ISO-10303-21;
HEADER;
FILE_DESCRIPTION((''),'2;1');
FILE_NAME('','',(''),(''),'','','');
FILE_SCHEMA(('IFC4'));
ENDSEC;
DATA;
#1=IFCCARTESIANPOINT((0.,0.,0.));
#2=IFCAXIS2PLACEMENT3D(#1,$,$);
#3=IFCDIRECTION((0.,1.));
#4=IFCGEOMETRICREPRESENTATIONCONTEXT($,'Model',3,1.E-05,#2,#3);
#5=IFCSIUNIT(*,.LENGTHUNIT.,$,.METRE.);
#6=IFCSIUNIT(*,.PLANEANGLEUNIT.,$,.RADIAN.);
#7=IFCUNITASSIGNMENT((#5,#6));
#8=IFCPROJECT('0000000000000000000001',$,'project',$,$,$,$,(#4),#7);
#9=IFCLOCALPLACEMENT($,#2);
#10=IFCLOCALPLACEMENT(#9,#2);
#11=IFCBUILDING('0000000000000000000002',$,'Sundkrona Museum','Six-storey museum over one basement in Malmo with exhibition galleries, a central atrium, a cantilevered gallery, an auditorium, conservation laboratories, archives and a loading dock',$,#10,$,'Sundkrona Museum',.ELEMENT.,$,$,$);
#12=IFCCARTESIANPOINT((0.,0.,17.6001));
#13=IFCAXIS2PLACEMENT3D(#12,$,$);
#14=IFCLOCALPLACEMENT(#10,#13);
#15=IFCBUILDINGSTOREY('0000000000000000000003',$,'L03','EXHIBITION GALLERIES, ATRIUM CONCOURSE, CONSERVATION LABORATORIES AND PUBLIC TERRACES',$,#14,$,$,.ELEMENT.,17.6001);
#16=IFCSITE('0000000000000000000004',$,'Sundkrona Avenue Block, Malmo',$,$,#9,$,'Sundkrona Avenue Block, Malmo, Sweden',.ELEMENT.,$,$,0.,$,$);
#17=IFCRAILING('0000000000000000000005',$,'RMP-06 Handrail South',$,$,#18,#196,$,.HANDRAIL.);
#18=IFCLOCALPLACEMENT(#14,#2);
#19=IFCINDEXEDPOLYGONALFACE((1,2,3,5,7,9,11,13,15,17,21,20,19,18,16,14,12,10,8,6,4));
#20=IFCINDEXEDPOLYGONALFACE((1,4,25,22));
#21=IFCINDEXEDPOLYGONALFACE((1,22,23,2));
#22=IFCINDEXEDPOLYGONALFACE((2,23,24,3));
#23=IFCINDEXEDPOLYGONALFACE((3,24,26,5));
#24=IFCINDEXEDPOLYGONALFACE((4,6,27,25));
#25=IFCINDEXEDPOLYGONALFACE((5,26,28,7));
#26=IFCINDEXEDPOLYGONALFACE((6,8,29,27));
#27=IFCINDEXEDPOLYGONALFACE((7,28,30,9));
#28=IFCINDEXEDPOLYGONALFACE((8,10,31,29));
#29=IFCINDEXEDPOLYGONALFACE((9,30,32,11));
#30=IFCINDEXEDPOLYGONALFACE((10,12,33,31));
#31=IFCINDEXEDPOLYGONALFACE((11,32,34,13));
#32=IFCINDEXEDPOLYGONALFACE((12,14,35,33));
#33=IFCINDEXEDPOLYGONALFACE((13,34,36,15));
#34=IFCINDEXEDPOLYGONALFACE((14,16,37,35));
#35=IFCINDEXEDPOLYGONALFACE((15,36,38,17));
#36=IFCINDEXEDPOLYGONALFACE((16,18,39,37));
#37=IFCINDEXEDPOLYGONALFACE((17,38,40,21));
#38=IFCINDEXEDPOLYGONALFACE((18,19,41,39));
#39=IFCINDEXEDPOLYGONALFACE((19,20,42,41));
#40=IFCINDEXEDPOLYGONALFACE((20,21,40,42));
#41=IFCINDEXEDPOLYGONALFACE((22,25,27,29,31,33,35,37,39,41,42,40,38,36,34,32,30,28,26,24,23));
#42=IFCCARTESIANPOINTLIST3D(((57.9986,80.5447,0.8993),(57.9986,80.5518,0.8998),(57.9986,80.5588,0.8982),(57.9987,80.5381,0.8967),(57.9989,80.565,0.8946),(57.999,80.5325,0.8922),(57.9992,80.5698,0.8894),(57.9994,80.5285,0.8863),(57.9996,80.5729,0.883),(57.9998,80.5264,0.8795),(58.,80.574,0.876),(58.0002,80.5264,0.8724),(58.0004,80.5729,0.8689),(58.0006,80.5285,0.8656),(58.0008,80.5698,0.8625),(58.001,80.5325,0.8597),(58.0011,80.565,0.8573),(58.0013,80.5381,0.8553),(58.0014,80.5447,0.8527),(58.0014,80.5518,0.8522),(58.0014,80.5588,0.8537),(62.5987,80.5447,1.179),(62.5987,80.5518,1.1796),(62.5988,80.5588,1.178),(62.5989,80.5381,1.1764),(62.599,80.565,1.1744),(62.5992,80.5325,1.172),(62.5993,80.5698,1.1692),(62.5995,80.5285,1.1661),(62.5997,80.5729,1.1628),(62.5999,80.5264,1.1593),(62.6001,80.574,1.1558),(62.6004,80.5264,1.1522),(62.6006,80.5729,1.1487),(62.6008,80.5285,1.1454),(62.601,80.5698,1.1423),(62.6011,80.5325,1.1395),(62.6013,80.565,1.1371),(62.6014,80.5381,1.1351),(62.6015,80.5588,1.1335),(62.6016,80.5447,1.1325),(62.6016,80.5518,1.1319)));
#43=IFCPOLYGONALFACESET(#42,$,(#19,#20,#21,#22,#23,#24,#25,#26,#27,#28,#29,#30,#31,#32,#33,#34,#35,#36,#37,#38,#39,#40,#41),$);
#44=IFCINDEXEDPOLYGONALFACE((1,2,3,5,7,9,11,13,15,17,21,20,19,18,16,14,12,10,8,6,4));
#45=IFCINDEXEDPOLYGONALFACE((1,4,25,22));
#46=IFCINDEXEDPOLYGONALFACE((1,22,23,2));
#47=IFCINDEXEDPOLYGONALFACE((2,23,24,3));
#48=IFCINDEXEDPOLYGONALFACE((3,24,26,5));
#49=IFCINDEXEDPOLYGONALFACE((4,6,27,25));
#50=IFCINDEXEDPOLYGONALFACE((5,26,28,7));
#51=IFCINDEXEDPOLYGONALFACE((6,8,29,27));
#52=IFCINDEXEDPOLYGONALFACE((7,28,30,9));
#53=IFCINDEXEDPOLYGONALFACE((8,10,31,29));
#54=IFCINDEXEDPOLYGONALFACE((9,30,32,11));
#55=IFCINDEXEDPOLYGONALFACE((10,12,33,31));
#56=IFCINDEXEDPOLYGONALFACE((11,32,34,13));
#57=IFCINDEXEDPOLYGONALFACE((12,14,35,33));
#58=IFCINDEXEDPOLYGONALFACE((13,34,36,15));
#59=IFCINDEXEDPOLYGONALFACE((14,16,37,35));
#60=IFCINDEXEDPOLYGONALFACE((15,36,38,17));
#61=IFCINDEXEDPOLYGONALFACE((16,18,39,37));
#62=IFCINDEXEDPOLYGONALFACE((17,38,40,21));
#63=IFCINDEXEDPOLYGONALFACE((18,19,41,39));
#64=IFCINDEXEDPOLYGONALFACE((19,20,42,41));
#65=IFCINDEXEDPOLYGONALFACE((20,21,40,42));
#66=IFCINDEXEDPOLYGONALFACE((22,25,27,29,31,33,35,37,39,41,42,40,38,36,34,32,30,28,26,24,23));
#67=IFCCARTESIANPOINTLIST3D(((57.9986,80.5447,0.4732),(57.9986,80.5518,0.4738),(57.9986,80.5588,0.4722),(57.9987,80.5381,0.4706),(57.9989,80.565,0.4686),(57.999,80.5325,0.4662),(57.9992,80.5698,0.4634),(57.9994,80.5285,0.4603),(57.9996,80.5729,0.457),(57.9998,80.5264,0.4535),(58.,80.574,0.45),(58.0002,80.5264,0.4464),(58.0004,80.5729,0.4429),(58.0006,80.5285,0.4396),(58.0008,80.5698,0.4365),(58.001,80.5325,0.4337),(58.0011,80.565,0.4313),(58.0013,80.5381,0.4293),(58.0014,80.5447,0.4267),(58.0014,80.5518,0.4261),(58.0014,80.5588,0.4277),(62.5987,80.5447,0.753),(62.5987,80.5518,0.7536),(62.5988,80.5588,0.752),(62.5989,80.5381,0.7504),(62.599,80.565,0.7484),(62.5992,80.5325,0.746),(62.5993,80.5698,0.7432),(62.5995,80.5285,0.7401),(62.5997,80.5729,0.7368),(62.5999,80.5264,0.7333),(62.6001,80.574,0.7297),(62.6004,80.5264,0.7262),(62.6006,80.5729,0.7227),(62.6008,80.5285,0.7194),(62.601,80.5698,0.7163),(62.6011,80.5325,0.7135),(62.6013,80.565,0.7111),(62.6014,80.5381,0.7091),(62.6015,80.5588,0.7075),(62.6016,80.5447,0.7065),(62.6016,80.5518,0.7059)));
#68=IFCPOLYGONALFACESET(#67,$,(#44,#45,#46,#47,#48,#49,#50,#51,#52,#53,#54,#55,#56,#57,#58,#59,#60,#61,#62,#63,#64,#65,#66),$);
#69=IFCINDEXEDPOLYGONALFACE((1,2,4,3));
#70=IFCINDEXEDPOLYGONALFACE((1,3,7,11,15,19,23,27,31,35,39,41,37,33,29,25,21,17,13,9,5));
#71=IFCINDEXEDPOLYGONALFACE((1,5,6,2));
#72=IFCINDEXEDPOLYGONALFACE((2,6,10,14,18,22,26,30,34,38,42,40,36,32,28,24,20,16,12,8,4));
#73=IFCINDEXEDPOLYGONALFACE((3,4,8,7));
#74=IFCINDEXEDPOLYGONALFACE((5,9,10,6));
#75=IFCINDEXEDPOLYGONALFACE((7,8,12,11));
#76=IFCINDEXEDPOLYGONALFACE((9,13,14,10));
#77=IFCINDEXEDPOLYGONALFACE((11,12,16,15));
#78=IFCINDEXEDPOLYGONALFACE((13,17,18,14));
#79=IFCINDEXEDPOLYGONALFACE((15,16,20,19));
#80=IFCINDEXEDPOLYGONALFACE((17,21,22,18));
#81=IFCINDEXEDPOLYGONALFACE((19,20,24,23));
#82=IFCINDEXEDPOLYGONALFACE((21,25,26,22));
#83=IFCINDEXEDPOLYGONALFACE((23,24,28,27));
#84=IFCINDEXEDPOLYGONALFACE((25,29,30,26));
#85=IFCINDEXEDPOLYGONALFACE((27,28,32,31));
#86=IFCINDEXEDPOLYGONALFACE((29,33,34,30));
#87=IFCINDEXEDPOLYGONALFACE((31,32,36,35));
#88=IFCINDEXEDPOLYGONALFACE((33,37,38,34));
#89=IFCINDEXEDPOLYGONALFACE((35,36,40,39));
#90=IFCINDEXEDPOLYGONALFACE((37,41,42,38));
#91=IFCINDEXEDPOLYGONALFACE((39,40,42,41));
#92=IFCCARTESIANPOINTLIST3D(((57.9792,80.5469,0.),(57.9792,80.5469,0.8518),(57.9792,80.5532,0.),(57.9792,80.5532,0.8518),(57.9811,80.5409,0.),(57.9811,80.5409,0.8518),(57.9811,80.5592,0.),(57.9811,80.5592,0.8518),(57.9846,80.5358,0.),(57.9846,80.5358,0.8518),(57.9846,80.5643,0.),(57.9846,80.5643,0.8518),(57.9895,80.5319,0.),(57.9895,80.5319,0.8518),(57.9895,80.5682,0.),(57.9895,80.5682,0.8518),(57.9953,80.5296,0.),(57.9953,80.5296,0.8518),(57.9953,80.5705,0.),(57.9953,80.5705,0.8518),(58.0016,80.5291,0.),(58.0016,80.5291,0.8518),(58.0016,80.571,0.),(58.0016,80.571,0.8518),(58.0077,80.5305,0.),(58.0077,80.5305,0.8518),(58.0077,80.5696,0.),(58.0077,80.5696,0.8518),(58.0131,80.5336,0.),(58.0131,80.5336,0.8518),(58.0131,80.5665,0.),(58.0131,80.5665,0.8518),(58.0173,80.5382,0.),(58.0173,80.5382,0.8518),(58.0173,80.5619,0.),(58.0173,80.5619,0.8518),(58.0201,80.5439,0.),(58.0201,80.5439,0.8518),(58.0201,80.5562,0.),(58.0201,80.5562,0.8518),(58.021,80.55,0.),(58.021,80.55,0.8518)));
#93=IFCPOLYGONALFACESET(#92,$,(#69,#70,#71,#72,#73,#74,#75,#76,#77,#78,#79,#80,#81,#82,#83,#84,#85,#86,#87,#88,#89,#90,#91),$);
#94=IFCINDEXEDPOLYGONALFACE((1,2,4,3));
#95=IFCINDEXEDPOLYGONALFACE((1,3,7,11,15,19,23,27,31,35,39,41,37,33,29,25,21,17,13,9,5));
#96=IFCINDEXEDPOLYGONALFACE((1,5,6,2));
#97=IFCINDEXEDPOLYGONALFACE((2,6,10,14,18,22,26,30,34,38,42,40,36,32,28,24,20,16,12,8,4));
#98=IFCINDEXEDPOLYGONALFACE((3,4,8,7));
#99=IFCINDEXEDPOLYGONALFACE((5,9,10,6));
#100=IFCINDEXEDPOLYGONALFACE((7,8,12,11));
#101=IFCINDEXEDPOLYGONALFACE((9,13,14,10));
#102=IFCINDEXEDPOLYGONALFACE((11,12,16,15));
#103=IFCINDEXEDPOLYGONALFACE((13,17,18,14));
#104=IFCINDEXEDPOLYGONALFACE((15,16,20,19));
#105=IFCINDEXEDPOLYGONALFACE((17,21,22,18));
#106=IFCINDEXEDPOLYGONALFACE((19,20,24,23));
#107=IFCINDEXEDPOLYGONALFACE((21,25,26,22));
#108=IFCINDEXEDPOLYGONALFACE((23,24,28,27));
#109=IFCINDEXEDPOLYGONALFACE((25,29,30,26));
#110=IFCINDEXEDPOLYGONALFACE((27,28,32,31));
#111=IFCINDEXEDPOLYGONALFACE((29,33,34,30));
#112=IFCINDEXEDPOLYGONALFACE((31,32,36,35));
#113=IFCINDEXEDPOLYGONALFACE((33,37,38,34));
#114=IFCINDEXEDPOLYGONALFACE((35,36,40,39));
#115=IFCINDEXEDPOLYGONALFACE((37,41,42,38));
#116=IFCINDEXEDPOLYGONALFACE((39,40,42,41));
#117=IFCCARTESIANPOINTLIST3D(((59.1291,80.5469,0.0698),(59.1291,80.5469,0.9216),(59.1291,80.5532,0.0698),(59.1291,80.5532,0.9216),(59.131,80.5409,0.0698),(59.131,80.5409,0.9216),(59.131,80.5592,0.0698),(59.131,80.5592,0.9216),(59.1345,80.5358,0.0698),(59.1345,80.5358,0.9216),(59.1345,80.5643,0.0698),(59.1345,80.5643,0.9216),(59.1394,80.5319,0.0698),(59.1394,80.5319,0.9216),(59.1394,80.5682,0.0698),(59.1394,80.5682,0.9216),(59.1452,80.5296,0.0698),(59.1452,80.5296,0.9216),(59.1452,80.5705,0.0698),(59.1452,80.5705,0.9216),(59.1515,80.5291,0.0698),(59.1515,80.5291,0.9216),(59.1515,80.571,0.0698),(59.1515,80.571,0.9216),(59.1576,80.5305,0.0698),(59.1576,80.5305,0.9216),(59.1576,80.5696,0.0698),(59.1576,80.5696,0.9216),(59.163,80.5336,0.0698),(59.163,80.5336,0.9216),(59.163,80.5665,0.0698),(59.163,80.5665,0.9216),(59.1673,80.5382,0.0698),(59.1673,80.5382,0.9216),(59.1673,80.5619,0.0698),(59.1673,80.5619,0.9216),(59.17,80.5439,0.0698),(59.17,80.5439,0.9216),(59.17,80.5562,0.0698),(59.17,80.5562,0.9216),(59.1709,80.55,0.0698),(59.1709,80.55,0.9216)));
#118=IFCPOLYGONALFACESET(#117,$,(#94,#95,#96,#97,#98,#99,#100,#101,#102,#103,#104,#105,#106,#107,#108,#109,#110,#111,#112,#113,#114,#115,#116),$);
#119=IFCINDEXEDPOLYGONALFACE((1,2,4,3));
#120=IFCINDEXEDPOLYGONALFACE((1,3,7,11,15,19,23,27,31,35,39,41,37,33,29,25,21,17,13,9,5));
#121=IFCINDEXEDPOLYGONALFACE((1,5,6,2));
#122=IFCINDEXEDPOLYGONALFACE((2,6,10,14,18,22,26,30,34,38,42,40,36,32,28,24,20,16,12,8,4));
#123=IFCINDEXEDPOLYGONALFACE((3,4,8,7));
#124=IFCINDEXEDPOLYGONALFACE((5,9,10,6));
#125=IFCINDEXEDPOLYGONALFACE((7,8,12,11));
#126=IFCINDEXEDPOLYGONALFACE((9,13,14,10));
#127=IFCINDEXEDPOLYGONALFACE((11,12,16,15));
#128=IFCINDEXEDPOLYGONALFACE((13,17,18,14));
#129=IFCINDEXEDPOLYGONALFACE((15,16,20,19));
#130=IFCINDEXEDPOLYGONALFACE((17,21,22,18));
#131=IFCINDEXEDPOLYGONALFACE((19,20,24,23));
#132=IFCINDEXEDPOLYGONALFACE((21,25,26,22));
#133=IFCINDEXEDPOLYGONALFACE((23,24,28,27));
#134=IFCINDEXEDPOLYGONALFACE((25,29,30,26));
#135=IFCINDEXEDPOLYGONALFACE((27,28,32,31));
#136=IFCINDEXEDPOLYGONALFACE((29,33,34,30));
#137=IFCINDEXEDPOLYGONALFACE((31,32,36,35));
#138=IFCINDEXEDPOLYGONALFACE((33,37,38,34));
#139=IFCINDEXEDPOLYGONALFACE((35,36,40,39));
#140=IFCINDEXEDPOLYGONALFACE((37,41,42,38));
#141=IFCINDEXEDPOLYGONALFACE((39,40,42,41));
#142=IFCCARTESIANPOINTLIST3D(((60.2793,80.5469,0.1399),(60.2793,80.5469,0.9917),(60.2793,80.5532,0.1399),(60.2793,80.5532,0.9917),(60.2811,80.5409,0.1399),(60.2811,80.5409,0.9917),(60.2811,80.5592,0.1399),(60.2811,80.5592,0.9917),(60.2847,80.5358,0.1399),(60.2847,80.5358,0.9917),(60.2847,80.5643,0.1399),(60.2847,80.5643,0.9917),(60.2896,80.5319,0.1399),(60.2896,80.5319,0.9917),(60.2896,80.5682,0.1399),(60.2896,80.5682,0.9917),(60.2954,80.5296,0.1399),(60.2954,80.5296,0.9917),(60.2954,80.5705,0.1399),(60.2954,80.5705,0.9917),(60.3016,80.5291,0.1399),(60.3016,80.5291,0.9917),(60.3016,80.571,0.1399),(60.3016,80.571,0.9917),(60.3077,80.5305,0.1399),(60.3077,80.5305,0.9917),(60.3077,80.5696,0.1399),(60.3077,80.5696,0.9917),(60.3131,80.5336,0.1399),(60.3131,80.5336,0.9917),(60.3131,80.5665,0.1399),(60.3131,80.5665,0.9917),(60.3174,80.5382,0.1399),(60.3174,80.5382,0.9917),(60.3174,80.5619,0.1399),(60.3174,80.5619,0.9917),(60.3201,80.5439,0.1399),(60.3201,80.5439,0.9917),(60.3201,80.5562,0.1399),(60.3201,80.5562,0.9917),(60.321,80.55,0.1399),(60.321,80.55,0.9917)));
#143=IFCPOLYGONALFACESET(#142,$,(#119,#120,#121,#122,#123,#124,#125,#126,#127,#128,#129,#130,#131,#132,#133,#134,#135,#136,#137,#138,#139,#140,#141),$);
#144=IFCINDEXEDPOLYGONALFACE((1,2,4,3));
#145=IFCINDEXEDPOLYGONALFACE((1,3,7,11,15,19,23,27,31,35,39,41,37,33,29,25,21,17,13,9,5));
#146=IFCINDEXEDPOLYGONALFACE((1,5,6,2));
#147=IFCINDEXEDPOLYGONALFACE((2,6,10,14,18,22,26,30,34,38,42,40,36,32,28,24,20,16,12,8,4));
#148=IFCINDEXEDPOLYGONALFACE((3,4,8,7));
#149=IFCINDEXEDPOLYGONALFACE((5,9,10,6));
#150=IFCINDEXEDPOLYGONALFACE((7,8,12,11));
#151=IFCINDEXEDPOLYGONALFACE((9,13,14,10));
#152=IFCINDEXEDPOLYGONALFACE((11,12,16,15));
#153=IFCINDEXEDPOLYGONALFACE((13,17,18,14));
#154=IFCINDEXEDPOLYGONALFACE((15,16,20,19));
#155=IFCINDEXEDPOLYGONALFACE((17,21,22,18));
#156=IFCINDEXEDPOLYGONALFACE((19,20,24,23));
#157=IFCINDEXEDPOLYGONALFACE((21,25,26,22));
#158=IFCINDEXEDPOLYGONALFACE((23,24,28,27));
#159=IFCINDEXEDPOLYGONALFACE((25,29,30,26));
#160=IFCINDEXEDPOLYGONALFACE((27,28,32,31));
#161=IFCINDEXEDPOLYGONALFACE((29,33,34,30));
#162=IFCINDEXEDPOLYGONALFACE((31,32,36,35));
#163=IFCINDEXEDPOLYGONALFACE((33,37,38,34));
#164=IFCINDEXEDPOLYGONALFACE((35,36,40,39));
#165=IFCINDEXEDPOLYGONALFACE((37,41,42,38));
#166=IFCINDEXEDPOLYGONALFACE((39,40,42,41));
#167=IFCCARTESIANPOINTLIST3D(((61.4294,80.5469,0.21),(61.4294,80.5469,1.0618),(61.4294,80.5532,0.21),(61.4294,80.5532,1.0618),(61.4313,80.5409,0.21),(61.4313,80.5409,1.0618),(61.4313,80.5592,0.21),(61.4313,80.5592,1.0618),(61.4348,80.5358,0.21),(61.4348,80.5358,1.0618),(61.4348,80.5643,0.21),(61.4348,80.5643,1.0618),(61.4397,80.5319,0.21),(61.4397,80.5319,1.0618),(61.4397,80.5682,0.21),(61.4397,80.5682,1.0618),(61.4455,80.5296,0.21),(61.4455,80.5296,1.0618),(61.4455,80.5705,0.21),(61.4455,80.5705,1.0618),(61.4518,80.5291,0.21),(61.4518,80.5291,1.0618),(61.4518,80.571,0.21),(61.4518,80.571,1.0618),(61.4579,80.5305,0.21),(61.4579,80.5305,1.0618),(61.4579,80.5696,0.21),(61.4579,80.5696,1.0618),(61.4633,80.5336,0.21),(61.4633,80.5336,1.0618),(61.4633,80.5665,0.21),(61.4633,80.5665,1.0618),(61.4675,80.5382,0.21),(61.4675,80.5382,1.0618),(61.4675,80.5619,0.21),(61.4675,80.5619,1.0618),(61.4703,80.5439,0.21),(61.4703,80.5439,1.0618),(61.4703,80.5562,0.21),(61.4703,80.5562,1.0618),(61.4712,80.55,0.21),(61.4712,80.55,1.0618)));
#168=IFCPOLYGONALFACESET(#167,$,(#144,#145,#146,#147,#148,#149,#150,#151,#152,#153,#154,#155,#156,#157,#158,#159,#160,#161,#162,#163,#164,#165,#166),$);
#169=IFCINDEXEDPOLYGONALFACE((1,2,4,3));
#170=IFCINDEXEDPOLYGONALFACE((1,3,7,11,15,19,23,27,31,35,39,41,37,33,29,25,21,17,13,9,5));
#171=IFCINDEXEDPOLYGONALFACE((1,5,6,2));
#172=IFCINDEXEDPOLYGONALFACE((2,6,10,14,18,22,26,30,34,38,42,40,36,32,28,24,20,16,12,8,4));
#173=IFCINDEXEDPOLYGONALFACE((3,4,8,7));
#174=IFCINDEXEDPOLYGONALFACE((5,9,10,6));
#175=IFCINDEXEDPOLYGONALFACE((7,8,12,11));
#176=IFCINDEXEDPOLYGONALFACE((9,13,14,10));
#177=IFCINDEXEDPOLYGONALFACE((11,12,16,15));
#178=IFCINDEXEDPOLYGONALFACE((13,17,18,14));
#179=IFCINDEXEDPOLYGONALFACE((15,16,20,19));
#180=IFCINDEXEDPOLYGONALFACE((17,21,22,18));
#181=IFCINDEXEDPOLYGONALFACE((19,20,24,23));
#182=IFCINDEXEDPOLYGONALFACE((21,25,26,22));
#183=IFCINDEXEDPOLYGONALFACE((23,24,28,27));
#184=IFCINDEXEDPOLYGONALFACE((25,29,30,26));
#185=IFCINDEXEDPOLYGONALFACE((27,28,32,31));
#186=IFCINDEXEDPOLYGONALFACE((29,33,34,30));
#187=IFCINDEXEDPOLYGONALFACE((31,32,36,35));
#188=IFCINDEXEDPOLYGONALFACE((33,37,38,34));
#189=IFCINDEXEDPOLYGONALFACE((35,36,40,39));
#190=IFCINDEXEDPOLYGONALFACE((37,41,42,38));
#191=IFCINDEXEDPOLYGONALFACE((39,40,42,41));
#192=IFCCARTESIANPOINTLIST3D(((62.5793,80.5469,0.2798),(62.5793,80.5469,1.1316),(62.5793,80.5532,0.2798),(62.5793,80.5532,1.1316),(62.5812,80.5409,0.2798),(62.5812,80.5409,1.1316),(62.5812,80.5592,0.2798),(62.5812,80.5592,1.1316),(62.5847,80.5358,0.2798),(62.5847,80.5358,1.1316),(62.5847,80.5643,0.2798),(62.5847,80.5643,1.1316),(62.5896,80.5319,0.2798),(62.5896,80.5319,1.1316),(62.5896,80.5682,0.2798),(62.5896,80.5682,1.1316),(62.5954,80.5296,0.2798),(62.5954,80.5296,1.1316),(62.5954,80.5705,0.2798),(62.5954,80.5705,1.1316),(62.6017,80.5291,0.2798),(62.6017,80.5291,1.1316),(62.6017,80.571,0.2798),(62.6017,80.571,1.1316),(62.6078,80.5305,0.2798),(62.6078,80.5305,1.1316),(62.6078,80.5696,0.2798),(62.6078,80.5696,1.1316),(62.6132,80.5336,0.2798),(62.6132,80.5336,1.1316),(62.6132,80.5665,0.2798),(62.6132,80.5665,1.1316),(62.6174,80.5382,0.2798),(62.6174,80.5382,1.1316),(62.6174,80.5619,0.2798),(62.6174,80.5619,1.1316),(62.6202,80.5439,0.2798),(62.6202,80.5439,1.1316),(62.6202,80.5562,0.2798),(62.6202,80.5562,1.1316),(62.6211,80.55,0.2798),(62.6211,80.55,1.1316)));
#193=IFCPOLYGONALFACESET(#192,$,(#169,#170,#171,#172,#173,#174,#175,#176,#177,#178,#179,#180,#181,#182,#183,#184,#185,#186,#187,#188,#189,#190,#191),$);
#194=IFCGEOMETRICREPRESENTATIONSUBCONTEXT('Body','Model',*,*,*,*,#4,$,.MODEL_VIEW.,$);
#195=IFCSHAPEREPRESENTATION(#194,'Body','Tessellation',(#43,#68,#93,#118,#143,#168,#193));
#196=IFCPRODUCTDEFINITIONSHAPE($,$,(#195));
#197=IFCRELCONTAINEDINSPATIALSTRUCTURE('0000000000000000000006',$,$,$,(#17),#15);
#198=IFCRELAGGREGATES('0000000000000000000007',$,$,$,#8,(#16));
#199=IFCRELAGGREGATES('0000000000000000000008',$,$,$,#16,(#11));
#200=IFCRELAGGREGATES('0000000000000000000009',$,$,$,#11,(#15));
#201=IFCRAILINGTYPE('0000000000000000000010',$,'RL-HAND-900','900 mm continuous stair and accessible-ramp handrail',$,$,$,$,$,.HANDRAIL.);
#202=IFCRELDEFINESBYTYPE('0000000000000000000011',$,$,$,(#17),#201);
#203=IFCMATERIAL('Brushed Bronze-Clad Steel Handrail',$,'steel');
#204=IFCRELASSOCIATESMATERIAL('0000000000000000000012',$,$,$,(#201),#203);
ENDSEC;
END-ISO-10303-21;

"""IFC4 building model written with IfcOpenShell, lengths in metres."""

from ifc_helpers import new_model, si_unit, direction, frame, origin, origin_2d, place, context, subcontext, project, spatial, circle, extrude, material, type_object, element, save


model = new_model("IFC4")

# Units and contexts
model_context = context("Model", 3, precision=1e-05, world=origin(), true_north=direction((0.0, 1.0)))
body_context = subcontext(model_context, "Body", "Model", "MODEL_VIEW")
ifc_project = project(units=[si_unit("LENGTHUNIT", "METRE"), si_unit("PLANEANGLEUNIT", "RADIAN")], contexts=[model_context])

# Site, building, storey
site_placement = place(None, origin())
site = spatial("IfcSite", under=ifc_project, at=site_placement, Name="Sundkrona Avenue Block, Malmo", LongName="Sundkrona Avenue Block, Malmo, Sweden", CompositionType="ELEMENT", RefElevation=0.0)
building_placement = place(site_placement, origin())
building = spatial("IfcBuilding", under=site, at=building_placement, Name="Sundkrona Museum", Description="Six-storey museum over one basement in Malmo with exhibition galleries, a central atrium, a cantilevered gallery, an auditorium, conservation laboratories, archives and a loading dock", LongName="Sundkrona Museum", CompositionType="ELEMENT")
storey_placement = place(building_placement, frame((0.0, 0.0, 17.6001)))
storey = spatial("IfcBuildingStorey", under=building, at=storey_placement, Name="L03", Description="EXHIBITION GALLERIES, ATRIUM CONCOURSE, CONSERVATION LABORATORIES AND PUBLIC TERRACES", CompositionType="ELEMENT", Elevation=17.6001)

# Railing
ifc_material_1 = material(Name="Brushed Bronze-Clad Steel Handrail", Category="steel")
railing_type = type_object("IfcRailingType", Name="RL-HAND-900", Description="900 mm continuous stair and accessible-ramp handrail", PredefinedType="HANDRAIL", material=ifc_material_1)
railing_1_placement = place(storey_placement, frame((58.0, 80.55, 0.0)))
element("IfcRailing", 1, at=railing_1_placement, inside=storey, type_object=railing_type, Name="RMP-06 Handrail South", PredefinedType="HANDRAIL", context=body_context, shape_type="SweptSolid", body=[
    extrude(circle(Radius=0.0239, at=origin_2d()), frame((0.0, 0.0, 0.876), z_axis=(0.998155, 0.0, 0.060709), x_axis=(0.0, 1.0, 0.0)), (0.0, 0.0, 1.0), 4.6086),
    extrude(circle(Radius=0.0239, at=origin_2d()), frame((0.0, 0.0, 0.45), z_axis=(0.998155, 0.0, 0.060709), x_axis=(0.0, 1.0, 0.0)), (0.0, 0.0, 1.0), 4.6086),
    extrude(circle(Radius=0.021, at=origin_2d()), origin(), (0.0, 0.0, 1.0), 0.8518),
    extrude(circle(Radius=0.021, at=origin_2d()), frame((1.1499, 0.0, 0.0698)), (0.0, 0.0, 1.0), 0.8518),
    extrude(circle(Radius=0.021, at=origin_2d()), frame((2.3, 0.0, 0.1399)), (0.0, 0.0, 1.0), 0.8518),
    extrude(circle(Radius=0.021, at=origin_2d()), frame((3.4502, 0.0, 0.21)), (0.0, 0.0, 1.0), 0.8518),
    extrude(circle(Radius=0.021, at=origin_2d()), frame((4.6001, 0.0, 0.2798)), (0.0, 0.0, 1.0), 0.8518),
])

save(model, "model.ifc")
